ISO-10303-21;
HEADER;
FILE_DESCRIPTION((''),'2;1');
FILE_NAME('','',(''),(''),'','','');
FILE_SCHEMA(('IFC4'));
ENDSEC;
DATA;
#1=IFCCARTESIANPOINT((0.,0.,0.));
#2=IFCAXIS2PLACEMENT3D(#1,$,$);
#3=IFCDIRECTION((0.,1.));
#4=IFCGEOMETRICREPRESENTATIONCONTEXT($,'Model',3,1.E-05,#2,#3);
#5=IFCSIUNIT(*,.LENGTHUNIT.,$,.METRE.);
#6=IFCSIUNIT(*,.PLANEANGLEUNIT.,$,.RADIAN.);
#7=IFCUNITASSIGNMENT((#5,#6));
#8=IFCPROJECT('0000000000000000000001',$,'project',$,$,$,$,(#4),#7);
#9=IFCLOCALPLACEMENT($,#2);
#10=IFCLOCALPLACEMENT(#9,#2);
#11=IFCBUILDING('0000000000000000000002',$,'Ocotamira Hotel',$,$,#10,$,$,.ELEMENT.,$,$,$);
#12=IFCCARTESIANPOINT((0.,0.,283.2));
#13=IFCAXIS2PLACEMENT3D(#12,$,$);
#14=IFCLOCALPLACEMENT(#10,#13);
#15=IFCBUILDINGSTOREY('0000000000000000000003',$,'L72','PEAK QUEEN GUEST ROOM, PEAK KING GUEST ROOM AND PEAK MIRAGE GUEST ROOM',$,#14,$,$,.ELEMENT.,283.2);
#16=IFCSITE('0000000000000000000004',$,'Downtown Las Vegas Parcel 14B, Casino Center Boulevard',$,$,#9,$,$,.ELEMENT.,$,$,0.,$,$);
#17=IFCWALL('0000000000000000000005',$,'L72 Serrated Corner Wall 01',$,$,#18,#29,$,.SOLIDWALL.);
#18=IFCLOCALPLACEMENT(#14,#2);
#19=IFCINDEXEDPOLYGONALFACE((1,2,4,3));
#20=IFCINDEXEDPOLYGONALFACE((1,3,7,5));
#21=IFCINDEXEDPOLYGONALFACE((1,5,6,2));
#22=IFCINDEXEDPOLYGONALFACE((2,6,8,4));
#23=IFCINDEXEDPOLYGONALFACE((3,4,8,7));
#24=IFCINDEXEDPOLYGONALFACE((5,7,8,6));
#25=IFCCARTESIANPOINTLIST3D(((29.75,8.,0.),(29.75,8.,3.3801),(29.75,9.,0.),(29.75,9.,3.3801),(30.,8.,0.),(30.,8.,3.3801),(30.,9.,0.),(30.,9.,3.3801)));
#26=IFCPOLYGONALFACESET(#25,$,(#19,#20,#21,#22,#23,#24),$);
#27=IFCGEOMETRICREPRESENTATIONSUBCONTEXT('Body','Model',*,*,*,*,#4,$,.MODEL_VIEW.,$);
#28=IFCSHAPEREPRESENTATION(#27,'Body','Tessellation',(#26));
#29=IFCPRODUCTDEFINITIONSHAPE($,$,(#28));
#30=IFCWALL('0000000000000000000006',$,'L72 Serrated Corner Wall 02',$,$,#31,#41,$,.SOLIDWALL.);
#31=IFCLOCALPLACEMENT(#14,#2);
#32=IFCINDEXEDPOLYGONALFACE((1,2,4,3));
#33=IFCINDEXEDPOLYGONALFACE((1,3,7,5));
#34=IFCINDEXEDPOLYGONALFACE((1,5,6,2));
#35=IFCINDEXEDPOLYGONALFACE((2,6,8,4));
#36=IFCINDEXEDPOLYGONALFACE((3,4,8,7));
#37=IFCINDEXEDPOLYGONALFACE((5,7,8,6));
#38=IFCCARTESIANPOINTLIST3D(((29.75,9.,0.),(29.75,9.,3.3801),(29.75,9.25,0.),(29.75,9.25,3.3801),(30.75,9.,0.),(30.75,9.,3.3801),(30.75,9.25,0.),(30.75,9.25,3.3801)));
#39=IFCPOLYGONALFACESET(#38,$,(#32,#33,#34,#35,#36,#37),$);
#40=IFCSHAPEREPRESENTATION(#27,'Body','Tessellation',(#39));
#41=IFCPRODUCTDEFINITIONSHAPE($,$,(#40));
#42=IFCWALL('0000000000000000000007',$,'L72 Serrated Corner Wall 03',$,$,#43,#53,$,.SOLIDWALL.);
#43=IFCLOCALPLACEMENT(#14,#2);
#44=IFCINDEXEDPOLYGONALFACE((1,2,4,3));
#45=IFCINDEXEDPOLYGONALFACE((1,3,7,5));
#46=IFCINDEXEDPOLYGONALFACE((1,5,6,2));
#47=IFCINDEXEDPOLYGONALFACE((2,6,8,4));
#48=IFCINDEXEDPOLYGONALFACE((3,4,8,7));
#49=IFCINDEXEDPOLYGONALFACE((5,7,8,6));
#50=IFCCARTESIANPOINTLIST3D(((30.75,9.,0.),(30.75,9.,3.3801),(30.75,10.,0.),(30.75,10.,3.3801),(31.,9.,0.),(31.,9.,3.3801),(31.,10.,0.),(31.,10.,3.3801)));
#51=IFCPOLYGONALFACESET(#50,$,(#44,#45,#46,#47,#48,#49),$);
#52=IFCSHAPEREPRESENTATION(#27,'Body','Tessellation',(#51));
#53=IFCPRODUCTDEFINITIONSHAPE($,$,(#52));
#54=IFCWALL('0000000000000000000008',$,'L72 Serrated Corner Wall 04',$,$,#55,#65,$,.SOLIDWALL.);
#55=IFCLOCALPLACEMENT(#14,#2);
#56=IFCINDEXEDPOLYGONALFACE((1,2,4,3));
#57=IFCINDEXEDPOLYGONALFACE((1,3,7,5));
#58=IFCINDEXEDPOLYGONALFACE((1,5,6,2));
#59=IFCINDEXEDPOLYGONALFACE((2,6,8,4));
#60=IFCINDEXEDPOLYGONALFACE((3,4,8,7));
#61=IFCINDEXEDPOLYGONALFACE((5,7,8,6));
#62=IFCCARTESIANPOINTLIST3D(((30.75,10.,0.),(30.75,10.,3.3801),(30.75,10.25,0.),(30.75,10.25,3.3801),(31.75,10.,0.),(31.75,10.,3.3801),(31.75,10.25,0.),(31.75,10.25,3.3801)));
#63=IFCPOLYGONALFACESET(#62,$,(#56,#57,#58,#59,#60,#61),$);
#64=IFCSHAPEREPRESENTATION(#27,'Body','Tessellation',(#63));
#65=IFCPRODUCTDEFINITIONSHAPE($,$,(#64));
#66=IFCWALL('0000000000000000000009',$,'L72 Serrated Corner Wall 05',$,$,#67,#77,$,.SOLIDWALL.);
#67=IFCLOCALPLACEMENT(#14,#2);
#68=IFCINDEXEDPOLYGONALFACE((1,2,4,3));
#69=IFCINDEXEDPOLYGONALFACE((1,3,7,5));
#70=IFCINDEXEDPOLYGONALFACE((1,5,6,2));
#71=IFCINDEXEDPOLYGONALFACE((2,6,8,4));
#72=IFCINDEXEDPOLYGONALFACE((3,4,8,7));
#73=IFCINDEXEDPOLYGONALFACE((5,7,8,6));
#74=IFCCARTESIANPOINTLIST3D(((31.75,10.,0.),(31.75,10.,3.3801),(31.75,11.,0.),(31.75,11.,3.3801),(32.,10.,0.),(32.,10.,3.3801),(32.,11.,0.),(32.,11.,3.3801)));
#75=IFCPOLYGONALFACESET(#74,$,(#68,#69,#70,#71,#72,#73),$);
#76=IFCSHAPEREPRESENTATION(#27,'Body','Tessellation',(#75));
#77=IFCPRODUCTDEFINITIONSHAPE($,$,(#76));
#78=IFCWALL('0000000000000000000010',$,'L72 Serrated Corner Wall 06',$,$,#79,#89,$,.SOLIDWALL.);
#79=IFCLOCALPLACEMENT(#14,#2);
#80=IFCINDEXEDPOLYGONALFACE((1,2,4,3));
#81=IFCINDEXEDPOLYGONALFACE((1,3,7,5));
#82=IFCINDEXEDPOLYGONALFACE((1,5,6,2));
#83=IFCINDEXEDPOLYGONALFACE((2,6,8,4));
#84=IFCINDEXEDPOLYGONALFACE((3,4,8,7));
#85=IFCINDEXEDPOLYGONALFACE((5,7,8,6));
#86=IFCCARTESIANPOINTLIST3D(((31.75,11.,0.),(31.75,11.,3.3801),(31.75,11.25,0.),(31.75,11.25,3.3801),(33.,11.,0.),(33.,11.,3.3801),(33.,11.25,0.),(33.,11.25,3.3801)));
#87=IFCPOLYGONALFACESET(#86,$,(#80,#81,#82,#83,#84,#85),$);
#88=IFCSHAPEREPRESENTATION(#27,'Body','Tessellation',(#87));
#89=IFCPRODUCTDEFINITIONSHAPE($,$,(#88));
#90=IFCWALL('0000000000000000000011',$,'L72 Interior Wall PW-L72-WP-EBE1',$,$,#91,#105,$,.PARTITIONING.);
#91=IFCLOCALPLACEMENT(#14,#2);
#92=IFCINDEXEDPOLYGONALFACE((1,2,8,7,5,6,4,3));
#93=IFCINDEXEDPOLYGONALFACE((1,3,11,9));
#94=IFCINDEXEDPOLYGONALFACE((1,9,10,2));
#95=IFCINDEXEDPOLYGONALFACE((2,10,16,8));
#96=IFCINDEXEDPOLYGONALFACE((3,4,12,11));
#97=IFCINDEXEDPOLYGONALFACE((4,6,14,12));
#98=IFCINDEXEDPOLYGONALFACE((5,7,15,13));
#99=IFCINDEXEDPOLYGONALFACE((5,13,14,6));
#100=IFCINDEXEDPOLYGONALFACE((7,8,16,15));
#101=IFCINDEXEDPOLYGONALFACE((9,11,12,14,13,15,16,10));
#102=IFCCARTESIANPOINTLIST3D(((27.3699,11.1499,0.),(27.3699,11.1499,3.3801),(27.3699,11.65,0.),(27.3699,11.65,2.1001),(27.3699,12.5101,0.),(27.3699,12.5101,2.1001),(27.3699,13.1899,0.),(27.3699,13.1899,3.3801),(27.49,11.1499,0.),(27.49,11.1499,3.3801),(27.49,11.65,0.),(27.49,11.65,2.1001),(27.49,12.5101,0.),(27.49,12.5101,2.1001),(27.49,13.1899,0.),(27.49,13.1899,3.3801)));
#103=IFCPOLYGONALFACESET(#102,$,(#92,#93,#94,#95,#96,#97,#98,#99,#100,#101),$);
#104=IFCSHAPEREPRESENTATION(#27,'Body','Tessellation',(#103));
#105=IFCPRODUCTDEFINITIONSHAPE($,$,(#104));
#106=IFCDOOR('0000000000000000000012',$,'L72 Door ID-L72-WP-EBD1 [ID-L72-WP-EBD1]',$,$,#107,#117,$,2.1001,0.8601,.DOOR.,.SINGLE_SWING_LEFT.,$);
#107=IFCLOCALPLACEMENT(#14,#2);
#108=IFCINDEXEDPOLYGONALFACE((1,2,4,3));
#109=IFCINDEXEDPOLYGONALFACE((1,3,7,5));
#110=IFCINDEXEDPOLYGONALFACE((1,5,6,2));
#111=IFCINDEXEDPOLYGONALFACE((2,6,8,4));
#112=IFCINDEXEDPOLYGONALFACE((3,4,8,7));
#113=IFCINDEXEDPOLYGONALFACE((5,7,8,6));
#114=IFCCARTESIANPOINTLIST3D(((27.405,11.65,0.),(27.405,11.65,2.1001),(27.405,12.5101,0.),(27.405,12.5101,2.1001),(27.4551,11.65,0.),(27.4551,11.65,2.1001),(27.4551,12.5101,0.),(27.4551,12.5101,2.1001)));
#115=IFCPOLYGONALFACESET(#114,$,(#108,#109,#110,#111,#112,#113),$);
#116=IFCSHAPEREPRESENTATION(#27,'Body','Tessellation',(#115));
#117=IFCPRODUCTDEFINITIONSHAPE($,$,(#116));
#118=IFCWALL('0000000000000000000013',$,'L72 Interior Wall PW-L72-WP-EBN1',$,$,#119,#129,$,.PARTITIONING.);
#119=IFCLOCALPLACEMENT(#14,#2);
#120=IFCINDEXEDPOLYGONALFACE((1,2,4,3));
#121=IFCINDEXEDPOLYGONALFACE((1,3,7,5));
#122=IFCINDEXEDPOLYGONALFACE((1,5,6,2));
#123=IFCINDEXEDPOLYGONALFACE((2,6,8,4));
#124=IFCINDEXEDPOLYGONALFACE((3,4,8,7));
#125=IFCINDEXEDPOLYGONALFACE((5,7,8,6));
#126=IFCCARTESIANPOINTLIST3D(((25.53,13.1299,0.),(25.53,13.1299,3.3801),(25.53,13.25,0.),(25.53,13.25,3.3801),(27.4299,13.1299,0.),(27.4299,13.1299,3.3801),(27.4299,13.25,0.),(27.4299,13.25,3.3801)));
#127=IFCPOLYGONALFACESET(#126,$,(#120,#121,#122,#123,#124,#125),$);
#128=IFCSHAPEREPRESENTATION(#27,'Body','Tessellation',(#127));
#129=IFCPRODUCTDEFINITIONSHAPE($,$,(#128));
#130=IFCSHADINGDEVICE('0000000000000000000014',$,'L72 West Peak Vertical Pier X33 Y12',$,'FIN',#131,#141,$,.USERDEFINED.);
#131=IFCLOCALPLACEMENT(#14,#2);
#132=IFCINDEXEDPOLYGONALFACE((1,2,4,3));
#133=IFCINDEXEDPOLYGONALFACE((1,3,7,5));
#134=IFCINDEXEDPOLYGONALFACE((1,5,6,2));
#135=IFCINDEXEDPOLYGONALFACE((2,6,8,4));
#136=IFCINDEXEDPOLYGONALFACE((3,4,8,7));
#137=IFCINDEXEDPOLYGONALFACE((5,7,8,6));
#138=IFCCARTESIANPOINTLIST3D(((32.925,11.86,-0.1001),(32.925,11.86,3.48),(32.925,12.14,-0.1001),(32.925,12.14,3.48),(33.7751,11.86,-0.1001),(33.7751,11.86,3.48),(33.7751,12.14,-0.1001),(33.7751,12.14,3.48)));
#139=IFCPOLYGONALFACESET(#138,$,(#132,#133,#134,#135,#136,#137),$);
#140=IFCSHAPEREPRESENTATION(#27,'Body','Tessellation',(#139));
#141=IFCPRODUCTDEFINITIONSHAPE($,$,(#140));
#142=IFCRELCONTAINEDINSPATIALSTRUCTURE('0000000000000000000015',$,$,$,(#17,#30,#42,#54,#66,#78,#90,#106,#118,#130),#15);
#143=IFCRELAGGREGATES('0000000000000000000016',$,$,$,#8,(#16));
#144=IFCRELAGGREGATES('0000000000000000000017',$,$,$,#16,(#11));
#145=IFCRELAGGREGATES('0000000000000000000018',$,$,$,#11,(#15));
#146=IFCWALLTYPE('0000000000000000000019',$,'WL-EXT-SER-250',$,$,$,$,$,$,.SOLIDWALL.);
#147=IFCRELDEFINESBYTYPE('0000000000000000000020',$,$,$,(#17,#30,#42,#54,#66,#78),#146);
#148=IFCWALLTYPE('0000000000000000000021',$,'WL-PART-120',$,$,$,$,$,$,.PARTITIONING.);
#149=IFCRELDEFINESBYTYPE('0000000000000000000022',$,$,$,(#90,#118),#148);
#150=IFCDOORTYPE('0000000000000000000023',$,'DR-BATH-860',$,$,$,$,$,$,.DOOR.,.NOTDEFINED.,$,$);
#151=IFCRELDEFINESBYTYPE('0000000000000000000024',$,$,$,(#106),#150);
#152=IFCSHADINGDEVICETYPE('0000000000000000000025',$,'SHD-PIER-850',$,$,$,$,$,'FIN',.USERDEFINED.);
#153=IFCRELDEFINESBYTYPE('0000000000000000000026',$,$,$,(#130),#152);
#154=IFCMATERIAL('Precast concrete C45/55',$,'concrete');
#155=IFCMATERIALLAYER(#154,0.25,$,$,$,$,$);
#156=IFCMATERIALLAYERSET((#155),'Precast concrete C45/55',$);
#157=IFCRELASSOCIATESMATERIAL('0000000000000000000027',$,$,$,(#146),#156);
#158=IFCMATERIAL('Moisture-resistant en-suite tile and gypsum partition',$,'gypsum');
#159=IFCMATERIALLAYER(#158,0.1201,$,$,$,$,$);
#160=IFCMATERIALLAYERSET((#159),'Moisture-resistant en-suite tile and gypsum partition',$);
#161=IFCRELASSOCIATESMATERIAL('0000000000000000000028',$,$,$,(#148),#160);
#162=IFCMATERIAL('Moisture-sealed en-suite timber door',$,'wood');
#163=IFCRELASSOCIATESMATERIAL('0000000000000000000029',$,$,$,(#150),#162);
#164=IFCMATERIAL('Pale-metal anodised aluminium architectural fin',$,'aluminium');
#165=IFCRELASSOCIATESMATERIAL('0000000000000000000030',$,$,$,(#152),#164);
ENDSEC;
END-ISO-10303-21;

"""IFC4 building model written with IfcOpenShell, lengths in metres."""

from ifc_helpers import new_model, si_unit, direction, frame, frame_2d, origin, origin_2d, place, context, subcontext, project, spatial, rectangle, extrude, source, transform, mapped, material, layer, layer_set, type_object, element, fill, save


model = new_model("IFC4")

# Units and contexts
model_context = context("Model", 3, precision=1e-05, world=origin(), true_north=direction((0.0, 1.0)))
body_context = subcontext(model_context, "Body", "Model", "MODEL_VIEW")
ifc_project = project(units=[si_unit("LENGTHUNIT", "METRE"), si_unit("PLANEANGLEUNIT", "RADIAN")], contexts=[model_context])

# Site, building, storey
site_placement = place(None, origin())
site = spatial("IfcSite", under=ifc_project, at=site_placement, Name="Downtown Las Vegas Parcel 14B, Casino Center Boulevard", CompositionType="ELEMENT", RefElevation=0.0)
building_placement = place(site_placement, origin())
building = spatial("IfcBuilding", under=site, at=building_placement, Name="Ocotamira Hotel", CompositionType="ELEMENT")
storey_placement = place(building_placement, frame((0.0, 0.0, 283.2)))
storey = spatial("IfcBuildingStorey", under=building, at=storey_placement, Name="L72", Description="PEAK QUEEN GUEST ROOM, PEAK KING GUEST ROOM AND PEAK MIRAGE GUEST ROOM", CompositionType="ELEMENT", Elevation=283.2)

# Walls
ifc_material_1 = material(Name="Precast concrete C45/55", Category="concrete")
ifc_layer_1 = layer(ifc_material_1, 0.25)
ifc_layer_set_1 = layer_set([ifc_layer_1], Name="Precast concrete C45/55")
wall_type_1 = type_object("IfcWallType", Name="WL-EXT-SER-250", PredefinedType="SOLIDWALL", material=ifc_layer_set_1)
for number, where, z_axis, x_axis, name in (
    (1, (29.875, 8.0, 0.0), (0.0, 0.0, 1.0), (0.0, 1.0, 0.0), "L72 Serrated Corner Wall 01"),
    (2, (29.75, 9.125, 0.0), (0.0, 0.0, 1.0), (1.0, 0.0, 0.0), "L72 Serrated Corner Wall 02"),
    (3, (30.875, 9.0, 0.0), (0.0, 0.0, 1.0), (0.0, 1.0, 0.0), "L72 Serrated Corner Wall 03"),
    (4, (30.75, 10.125, 0.0), (0.0, 0.0, 1.0), (1.0, 0.0, 0.0), "L72 Serrated Corner Wall 04"),
    (5, (31.875, 10.0, 0.0), (0.0, 0.0, 1.0), (0.0, 1.0, 0.0), "L72 Serrated Corner Wall 05"),
):
    element("IfcWall", number, at=place(storey_placement, frame(where, z_axis=z_axis, x_axis=x_axis)), inside=storey, type_object=wall_type_1, Name=name, PredefinedType="SOLIDWALL", context=body_context, shape_type="SweptSolid", body=[
        extrude(rectangle(XDim=1.0, YDim=0.25, at=frame_2d((0.5, 0.0))), origin(), (0.0, 0.0, 1.0), 3.3801),
    ])
wall_1_placement = place(storey_placement, frame((31.75, 11.125, 0.0), z_axis=(0.0, 0.0, 1.0), x_axis=(1.0, 0.0, 0.0)))
element("IfcWall", 6, at=wall_1_placement, inside=storey, type_object=wall_type_1, Name="L72 Serrated Corner Wall 06", PredefinedType="SOLIDWALL", context=body_context, shape_type="SweptSolid", body=[
    extrude(rectangle(XDim=1.25, YDim=0.25, at=frame_2d((0.625, 0.0))), origin(), (0.0, 0.0, 1.0), 3.3801),
])

# Wall, opening, door
ifc_material_2 = material(Name="Moisture-resistant en-suite tile and gypsum partition", Category="gypsum")
ifc_layer_2 = layer(ifc_material_2, 0.1201)
ifc_layer_set_2 = layer_set([ifc_layer_2], Name="Moisture-resistant en-suite tile and gypsum partition")
wall_type_2 = type_object("IfcWallType", Name="WL-PART-120", PredefinedType="PARTITIONING", material=ifc_layer_set_2)
wall_2_placement = place(storey_placement, frame((27.4299, 11.1499, 0.0), z_axis=(0.0, 0.0, 1.0), x_axis=(0.0, 1.0, 0.0)))
wall_2 = element("IfcWall", 7, at=wall_2_placement, inside=storey, type_object=wall_type_2, Name="L72 Interior Wall PW-L72-WP-EBE1", PredefinedType="PARTITIONING", context=body_context, shape_type="SweptSolid", body=[
    extrude(rectangle(XDim=2.04, YDim=0.1201, at=frame_2d((1.02, 0.0))), origin(), (0.0, 0.0, 1.0), 3.3801),
])
opening_placement = place(wall_2_placement, frame((0.5, 0.0, 0.0)))
opening = element("IfcOpeningElement", 8, at=opening_placement, cuts=wall_2, PredefinedType="OPENING", context=body_context, shape_type="SweptSolid", body=[
    extrude(rectangle(XDim=0.8601, YDim=2.1001, at=frame_2d((0.4302, 1.05))), frame((0.0, 0.0701, 0.0), z_axis=(0.0, -1.0, 0.0), x_axis=(1.0, 0.0, 0.0)), (0.0, 0.0, 1.0), 0.1401),
])
ifc_material_3 = material(Name="Moisture-sealed en-suite timber door", Category="wood")
door_type = type_object("IfcDoorType", Name="DR-BATH-860", OperationType="NOTDEFINED", PredefinedType="DOOR", material=ifc_material_3)
shared_shape_1 = source(origin(), body_context, "Body", "SweptSolid", [
    extrude(rectangle(XDim=0.8601, YDim=2.1001, at=frame_2d((0.4302, 1.05))), frame((0.0, 0.0249, 0.0), z_axis=(0.0, -1.0, 0.0), x_axis=(1.0, 0.0, 0.0)), (0.0, 0.0, 1.0), 0.05),
])
door_placement = place(opening_placement, origin())
door = element("IfcDoor", 9, at=door_placement, inside=storey, type_object=door_type, Name="L72 Door ID-L72-WP-EBD1 [ID-L72-WP-EBD1]", OperationType="SINGLE_SWING_LEFT", OverallHeight=2.1001, OverallWidth=0.8601, PredefinedType="DOOR", context=body_context, shape_type="MappedRepresentation", body=[
    mapped(shared_shape_1, transform((0.0, 0.0, 0.0), scale=1.0)),
])
fill(opening, door)

# Wall
wall_3_placement = place(storey_placement, frame((25.53, 13.1899, 0.0), z_axis=(0.0, 0.0, 1.0), x_axis=(1.0, 0.0, 0.0)))
element("IfcWall", 10, at=wall_3_placement, inside=storey, type_object=wall_type_2, Name="L72 Interior Wall PW-L72-WP-EBN1", PredefinedType="PARTITIONING", context=body_context, shape_type="SweptSolid", body=[
    extrude(rectangle(XDim=1.8999, YDim=0.1201, at=frame_2d((0.95, 0.0))), origin(), (0.0, 0.0, 1.0), 3.3801),
])

# Shading device
ifc_material_4 = material(Name="Pale-metal anodised aluminium architectural fin", Category="aluminium")
shading_device_type = type_object("IfcShadingDeviceType", Name="SHD-PIER-850", ElementType="FIN", PredefinedType="USERDEFINED", material=ifc_material_4)
shared_shape_2 = source(origin(), body_context, "Body", "SweptSolid", [
    extrude(rectangle(XDim=0.8501, YDim=0.28, at=origin_2d()), origin(), (0.0, 0.0, 1.0), 3.5801),
])
shading_device_placement = place(storey_placement, frame((33.3501, 12.0, -0.1001), z_axis=(0.0, 0.0, 1.0), x_axis=(1.0, 0.0, 0.0)))
element("IfcShadingDevice", 11, at=shading_device_placement, inside=storey, type_object=shading_device_type, Name="L72 West Peak Vertical Pier X33 Y12", ObjectType="FIN", PredefinedType="USERDEFINED", context=body_context, shape_type="MappedRepresentation", body=[
    mapped(shared_shape_2, transform((0.0, 0.0, 0.0), scale=1.0)),
])

save(model, "model.ifc")
